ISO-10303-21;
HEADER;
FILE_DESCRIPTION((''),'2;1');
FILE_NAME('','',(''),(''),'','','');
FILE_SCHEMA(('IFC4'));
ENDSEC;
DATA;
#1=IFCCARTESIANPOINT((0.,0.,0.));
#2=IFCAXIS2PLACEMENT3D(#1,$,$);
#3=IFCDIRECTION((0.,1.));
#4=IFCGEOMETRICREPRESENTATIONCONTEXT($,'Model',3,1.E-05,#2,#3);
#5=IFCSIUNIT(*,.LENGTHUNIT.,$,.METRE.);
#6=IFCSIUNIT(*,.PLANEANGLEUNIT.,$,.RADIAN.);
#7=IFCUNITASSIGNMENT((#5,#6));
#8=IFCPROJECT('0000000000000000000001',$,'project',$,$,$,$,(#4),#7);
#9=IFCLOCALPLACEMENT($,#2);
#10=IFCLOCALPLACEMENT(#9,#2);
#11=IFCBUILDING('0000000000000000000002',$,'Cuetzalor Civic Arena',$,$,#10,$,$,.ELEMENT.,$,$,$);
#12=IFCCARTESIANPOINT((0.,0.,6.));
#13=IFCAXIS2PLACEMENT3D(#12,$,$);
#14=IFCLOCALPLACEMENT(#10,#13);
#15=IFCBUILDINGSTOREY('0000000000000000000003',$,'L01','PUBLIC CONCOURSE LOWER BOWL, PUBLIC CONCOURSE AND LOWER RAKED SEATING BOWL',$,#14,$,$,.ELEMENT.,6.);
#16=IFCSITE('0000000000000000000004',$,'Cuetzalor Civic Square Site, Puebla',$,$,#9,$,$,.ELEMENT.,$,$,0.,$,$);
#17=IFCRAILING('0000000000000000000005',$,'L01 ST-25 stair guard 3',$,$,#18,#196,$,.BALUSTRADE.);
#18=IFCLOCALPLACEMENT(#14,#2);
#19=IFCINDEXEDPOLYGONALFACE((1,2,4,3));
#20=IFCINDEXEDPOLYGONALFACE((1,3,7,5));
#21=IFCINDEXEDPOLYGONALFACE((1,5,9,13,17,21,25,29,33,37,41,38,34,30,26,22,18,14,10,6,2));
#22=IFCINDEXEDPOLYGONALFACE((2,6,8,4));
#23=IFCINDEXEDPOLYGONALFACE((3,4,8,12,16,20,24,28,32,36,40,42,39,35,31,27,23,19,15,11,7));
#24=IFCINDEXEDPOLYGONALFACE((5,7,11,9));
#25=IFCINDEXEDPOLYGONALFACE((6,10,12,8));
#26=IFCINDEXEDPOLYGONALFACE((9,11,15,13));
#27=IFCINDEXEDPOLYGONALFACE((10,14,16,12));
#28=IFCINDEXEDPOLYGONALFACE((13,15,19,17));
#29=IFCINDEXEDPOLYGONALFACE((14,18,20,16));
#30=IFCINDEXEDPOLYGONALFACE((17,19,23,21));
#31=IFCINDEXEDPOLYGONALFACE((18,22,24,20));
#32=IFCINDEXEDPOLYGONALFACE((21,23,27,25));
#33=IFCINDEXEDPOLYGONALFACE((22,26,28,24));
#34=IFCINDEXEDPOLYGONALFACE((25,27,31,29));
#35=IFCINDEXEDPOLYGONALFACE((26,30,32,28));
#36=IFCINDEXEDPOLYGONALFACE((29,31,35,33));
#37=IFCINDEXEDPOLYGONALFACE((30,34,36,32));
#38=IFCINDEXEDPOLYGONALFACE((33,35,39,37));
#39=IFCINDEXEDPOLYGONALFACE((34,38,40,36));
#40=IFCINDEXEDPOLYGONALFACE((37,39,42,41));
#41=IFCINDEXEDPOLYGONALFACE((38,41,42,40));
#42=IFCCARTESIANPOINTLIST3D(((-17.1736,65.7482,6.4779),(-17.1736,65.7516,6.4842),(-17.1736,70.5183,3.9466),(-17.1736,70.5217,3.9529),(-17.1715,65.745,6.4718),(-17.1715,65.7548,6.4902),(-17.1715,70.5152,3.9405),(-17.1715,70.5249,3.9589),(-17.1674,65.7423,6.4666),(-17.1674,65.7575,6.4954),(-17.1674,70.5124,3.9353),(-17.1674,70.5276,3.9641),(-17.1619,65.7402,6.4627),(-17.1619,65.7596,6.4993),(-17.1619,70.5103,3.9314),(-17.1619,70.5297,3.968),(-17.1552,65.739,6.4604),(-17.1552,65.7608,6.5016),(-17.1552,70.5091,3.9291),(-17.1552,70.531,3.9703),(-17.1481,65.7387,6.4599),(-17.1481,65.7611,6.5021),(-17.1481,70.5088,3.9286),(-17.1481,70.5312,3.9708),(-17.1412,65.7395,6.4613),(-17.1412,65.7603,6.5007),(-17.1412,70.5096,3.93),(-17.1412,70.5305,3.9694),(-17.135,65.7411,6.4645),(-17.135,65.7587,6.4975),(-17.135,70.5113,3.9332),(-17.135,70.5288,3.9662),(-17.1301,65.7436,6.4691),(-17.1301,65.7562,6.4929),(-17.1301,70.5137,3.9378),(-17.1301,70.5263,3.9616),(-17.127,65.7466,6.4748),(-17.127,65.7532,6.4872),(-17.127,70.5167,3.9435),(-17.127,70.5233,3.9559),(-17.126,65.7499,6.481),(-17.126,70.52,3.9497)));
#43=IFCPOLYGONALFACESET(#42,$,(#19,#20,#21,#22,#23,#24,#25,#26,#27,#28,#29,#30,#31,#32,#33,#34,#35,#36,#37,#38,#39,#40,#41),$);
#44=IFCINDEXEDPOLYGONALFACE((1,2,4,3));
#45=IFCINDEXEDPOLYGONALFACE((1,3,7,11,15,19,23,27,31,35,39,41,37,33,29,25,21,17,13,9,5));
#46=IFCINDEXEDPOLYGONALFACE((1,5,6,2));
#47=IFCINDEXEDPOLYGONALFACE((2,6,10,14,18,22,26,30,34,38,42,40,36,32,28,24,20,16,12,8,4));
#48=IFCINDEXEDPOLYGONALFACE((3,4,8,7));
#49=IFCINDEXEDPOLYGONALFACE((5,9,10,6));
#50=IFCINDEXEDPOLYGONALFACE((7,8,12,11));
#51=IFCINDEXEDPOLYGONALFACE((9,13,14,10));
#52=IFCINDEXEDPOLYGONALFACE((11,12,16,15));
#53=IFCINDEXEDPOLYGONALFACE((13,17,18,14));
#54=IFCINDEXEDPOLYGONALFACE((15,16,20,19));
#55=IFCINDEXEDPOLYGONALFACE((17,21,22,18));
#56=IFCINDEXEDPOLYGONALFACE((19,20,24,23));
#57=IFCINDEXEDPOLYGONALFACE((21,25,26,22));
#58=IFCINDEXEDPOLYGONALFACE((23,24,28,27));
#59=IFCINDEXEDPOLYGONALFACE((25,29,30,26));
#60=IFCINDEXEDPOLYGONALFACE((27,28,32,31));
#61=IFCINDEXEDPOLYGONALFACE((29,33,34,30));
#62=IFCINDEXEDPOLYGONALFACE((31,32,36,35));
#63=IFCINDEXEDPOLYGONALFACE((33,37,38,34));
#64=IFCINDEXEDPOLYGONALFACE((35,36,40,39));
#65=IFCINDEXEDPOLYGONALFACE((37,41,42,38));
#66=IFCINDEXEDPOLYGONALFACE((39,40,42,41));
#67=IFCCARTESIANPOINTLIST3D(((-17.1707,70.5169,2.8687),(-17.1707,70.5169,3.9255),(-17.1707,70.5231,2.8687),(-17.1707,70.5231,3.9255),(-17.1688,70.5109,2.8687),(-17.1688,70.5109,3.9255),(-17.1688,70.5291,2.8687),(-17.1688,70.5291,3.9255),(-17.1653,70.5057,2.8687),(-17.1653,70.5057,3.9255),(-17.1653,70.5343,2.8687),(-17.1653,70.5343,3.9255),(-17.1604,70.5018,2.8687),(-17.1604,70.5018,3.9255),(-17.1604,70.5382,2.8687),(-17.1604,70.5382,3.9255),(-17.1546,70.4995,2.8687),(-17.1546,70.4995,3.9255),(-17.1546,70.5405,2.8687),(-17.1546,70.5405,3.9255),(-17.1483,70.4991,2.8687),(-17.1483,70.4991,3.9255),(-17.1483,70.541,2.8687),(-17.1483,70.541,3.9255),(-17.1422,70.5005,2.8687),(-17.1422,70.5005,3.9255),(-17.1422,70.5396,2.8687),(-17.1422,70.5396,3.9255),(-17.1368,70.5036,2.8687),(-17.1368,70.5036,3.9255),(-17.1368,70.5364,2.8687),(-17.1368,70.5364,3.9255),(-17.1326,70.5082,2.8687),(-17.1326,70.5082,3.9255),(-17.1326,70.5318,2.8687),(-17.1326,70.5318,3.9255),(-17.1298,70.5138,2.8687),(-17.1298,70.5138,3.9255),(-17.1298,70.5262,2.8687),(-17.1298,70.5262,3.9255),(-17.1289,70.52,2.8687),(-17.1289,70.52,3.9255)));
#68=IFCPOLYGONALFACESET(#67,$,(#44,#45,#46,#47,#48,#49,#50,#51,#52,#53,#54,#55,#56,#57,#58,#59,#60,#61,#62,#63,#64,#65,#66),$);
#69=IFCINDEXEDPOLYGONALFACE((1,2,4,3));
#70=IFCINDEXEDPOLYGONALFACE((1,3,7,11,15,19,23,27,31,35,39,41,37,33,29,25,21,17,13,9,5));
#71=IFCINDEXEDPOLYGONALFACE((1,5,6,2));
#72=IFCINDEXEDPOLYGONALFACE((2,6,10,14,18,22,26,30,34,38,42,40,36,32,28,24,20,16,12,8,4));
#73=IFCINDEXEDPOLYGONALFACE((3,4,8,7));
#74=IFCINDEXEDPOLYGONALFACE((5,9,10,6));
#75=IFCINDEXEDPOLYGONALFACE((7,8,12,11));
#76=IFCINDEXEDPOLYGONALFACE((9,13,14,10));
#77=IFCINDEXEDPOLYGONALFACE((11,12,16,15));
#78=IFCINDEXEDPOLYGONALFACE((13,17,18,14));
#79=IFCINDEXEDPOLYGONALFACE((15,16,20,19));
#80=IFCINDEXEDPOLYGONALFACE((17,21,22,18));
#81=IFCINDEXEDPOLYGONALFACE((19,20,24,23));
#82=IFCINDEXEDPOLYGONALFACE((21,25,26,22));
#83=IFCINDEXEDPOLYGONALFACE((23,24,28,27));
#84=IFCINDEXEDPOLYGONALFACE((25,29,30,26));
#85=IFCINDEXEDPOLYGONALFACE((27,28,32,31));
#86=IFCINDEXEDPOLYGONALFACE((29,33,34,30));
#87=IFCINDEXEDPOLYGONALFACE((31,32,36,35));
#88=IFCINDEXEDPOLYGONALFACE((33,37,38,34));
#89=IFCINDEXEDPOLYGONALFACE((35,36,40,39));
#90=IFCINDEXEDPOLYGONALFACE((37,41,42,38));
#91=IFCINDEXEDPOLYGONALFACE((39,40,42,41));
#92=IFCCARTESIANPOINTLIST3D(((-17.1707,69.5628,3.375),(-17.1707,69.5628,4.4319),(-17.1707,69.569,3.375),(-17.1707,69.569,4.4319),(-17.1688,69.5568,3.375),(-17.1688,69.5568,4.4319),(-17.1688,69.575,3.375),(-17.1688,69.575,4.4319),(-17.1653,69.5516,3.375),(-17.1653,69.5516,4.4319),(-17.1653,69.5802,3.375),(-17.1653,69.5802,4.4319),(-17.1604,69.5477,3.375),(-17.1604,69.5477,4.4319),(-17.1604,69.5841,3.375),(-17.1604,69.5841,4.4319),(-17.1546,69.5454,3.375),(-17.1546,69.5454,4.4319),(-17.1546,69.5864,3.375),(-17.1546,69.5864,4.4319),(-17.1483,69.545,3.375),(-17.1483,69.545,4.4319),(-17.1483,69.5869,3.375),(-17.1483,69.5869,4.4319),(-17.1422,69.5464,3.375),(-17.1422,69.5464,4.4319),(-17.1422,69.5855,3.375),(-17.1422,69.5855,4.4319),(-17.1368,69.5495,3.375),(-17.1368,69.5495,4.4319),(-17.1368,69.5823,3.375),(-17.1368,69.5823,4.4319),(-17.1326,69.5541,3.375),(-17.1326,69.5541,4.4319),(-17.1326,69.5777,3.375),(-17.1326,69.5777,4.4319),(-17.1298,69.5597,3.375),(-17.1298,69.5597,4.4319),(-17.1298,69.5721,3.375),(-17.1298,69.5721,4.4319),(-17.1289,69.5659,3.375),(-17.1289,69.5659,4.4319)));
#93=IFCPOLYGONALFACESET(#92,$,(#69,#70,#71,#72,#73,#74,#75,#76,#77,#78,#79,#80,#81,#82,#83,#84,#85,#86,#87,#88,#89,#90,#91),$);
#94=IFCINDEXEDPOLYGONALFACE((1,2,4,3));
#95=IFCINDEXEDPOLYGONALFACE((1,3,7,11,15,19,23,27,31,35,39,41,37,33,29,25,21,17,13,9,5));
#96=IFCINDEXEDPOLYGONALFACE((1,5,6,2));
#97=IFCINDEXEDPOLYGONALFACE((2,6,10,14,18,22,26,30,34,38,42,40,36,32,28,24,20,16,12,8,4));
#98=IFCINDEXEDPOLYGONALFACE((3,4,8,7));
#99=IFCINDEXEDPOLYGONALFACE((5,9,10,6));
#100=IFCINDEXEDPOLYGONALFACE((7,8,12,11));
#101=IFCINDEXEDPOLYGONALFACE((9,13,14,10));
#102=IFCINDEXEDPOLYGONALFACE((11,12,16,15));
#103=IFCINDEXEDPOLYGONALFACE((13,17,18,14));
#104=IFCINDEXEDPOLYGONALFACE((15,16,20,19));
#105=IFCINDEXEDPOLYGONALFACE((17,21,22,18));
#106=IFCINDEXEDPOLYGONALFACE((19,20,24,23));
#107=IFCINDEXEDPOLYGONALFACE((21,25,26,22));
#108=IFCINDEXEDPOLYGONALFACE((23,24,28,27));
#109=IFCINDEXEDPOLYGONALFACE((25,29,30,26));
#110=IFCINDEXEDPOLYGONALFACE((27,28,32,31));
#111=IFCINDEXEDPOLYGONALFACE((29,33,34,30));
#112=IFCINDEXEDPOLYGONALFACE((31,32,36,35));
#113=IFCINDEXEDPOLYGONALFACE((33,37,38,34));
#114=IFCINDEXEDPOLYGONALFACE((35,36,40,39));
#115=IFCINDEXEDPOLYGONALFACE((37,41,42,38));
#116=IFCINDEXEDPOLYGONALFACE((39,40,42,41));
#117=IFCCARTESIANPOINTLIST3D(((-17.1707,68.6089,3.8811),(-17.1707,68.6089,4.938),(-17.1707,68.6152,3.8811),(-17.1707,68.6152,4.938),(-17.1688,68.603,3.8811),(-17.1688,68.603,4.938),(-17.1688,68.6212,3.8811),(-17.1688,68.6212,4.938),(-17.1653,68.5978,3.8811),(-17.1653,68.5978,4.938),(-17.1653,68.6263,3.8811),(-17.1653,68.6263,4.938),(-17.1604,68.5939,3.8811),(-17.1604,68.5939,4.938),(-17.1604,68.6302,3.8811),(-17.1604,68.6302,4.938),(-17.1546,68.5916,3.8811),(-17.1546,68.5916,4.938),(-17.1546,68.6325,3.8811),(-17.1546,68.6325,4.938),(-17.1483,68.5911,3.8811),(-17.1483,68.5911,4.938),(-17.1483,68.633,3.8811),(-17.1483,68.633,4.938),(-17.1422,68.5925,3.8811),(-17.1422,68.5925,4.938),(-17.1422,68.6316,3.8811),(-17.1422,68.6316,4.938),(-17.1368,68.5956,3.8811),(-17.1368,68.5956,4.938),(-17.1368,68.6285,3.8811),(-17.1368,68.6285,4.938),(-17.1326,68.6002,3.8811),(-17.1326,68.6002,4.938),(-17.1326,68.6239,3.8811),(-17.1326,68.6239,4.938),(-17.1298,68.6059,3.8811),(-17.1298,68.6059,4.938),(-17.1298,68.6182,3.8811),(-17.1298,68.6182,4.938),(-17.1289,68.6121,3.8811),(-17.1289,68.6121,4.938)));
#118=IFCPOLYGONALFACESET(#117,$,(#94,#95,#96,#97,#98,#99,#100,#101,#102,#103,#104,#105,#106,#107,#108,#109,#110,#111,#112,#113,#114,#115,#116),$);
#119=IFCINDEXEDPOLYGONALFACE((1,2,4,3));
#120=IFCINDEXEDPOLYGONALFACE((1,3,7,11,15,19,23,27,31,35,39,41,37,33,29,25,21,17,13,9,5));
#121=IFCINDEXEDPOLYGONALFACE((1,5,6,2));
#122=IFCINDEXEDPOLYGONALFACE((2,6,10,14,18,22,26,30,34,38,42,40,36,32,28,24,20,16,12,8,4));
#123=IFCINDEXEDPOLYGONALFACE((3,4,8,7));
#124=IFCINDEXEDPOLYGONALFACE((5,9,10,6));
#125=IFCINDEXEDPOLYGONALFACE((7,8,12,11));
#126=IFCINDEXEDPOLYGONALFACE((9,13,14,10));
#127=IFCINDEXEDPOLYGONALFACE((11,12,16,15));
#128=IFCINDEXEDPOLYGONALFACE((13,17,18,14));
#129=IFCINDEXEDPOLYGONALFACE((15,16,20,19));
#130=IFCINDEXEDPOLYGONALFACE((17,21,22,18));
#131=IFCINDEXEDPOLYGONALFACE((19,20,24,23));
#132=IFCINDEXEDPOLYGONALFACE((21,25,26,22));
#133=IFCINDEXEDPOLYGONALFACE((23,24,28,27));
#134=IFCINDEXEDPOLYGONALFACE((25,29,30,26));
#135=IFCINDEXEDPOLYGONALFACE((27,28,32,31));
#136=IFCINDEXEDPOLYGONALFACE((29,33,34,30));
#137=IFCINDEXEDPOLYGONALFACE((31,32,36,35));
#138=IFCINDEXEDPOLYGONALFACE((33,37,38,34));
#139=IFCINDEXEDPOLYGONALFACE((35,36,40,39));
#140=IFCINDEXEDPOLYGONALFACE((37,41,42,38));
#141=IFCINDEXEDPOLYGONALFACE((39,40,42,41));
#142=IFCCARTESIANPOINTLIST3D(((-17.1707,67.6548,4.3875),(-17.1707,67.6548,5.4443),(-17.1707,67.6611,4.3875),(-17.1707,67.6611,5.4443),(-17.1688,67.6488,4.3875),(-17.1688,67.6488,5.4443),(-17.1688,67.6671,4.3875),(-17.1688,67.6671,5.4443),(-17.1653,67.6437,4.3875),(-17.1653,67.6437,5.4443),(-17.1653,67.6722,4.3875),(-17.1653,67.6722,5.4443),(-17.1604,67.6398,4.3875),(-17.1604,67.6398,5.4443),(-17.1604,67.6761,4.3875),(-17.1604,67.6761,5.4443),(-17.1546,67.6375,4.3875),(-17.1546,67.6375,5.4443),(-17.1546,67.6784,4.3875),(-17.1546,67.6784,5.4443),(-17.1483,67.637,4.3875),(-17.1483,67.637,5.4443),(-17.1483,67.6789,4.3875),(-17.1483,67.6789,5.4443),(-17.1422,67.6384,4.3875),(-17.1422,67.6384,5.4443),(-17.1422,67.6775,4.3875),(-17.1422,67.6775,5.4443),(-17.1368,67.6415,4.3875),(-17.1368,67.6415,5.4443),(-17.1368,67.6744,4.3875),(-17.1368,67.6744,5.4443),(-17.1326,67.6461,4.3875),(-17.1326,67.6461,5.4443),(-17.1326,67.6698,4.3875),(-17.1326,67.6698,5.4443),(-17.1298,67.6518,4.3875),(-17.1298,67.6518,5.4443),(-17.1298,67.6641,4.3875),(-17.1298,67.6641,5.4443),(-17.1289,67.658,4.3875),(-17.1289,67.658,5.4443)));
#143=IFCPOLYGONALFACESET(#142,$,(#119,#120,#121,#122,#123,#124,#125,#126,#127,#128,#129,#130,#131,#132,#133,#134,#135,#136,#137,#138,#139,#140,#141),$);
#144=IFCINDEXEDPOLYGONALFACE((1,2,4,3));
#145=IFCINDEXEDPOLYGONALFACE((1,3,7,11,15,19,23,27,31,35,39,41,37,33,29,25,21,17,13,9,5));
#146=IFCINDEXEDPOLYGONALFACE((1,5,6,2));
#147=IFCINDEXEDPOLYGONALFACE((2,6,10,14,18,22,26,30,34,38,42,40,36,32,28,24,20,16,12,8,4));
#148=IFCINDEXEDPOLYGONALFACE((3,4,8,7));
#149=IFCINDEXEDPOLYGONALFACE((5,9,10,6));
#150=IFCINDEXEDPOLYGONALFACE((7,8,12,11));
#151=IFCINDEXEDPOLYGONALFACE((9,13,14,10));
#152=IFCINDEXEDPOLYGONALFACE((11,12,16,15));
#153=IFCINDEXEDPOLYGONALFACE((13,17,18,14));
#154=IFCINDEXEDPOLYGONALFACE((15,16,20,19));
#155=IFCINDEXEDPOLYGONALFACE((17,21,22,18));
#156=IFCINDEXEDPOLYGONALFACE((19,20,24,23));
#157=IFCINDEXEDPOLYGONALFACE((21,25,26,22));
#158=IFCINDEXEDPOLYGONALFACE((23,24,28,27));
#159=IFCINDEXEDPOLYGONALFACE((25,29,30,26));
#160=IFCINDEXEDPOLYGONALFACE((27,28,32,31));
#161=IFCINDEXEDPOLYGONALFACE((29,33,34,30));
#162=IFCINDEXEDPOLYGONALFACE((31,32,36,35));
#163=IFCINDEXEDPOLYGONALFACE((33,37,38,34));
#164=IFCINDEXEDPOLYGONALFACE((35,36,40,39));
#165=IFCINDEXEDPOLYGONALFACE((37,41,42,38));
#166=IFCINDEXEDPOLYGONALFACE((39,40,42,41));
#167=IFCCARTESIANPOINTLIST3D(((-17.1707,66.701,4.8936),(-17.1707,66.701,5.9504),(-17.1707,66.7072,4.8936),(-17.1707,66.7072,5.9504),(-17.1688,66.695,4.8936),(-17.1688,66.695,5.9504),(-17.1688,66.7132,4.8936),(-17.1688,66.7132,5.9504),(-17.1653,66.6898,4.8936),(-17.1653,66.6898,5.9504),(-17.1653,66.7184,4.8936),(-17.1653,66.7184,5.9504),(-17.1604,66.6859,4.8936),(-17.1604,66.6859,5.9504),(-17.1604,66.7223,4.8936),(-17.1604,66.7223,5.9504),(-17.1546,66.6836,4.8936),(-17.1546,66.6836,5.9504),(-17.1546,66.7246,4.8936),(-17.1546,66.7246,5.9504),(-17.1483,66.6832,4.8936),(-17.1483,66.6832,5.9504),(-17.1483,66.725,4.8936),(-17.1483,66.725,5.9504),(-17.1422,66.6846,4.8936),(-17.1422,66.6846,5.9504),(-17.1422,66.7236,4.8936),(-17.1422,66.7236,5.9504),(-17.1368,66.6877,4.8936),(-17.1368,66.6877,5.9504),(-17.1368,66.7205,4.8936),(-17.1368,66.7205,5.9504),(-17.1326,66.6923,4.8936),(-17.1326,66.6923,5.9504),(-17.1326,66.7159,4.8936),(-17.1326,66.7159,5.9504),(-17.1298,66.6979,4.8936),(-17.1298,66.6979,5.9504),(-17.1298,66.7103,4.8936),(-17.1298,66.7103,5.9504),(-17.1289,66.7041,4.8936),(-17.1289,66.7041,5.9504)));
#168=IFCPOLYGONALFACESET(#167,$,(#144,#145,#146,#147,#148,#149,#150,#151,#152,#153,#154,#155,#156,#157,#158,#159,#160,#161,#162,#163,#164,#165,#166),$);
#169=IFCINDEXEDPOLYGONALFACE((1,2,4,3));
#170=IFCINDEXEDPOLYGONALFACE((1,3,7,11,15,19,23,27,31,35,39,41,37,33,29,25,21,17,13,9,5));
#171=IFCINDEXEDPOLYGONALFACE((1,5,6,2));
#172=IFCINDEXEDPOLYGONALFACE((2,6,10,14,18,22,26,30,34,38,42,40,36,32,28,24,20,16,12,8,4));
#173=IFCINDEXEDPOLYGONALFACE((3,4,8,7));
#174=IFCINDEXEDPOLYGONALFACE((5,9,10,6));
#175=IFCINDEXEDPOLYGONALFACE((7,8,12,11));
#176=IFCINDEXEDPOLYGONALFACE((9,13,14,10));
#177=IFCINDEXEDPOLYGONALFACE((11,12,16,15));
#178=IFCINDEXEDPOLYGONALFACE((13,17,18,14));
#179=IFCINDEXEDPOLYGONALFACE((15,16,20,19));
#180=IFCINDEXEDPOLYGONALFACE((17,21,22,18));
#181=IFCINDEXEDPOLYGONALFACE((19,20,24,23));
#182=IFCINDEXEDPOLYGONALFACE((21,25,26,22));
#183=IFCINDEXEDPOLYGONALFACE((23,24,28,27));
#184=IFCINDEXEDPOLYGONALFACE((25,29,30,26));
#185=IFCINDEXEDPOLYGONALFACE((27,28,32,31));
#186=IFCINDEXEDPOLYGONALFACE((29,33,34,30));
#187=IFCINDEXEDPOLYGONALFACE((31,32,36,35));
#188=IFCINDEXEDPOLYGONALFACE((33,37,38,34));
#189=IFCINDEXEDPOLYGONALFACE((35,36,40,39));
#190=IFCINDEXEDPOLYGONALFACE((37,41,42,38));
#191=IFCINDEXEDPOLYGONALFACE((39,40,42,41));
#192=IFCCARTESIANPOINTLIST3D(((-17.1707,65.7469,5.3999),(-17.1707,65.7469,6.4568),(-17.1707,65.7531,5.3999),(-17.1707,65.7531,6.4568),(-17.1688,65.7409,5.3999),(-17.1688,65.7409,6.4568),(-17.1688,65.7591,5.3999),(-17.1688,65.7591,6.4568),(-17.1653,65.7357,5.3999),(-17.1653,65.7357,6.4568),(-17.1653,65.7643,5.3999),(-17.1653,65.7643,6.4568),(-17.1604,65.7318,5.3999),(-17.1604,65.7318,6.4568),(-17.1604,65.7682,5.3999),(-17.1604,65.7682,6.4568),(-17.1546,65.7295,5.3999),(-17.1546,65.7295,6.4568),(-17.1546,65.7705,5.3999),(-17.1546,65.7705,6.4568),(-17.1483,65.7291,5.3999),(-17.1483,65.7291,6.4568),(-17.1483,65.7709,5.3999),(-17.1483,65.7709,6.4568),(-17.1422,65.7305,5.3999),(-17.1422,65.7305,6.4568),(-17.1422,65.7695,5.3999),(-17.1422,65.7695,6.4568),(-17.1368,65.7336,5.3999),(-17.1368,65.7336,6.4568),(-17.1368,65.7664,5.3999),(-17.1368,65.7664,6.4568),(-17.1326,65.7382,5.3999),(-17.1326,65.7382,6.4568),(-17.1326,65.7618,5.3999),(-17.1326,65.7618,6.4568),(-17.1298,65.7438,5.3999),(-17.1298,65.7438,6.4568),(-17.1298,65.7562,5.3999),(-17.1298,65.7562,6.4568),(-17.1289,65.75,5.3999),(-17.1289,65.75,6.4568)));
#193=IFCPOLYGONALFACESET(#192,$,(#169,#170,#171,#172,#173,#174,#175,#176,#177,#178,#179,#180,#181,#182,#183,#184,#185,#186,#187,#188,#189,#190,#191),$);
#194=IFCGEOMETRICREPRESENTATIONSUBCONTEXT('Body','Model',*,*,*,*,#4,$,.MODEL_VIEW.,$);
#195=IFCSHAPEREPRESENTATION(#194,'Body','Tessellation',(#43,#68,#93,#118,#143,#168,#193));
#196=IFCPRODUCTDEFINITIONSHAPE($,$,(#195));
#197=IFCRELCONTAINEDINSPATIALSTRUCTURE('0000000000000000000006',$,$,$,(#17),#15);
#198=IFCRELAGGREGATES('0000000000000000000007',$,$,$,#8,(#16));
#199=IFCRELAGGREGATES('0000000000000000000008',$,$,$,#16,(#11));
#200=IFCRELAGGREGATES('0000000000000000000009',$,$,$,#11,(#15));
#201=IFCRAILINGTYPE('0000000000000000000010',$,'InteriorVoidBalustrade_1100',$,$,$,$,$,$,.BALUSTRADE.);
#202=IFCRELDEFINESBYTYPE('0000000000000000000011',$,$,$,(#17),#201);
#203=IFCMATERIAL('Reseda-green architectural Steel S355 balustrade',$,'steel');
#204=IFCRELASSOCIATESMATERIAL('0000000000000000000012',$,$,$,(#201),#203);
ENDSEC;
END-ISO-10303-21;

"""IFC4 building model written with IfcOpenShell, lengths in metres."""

from ifc_helpers import new_model, si_unit, direction, frame, origin, origin_2d, place, context, subcontext, project, spatial, circle, extrude, material, type_object, element, save


model = new_model("IFC4")

# Units and contexts
model_context = context("Model", 3, precision=1e-05, world=origin(), true_north=direction((0.0, 1.0)))
body_context = subcontext(model_context, "Body", "Model", "MODEL_VIEW")
ifc_project = project(units=[si_unit("LENGTHUNIT", "METRE"), si_unit("PLANEANGLEUNIT", "RADIAN")], contexts=[model_context])

# Site, building, storey
site_placement = place(None, origin())
site = spatial("IfcSite", under=ifc_project, at=site_placement, Name="Cuetzalor Civic Square Site, Puebla", CompositionType="ELEMENT", RefElevation=0.0)
building_placement = place(site_placement, origin())
building = spatial("IfcBuilding", under=site, at=building_placement, Name="Cuetzalor Civic Arena", CompositionType="ELEMENT")
storey_placement = place(building_placement, frame((0.0, 0.0, 6.0)))
storey = spatial("IfcBuildingStorey", under=building, at=storey_placement, Name="L01", Description="PUBLIC CONCOURSE LOWER BOWL, PUBLIC CONCOURSE AND LOWER RAKED SEATING BOWL", CompositionType="ELEMENT", Elevation=6.0)

# Railing
ifc_material_1 = material(Name="Reseda-green architectural Steel S355 balustrade", Category="steel")
railing_type_1 = type_object("IfcRailingType", Name="InteriorVoidBalustrade_1100", PredefinedType="BALUSTRADE", material=ifc_material_1)
railing_1_placement = place(storey_placement, frame((-17.1499, 70.52, 2.8687)))
element("IfcRailing", 1, at=railing_1_placement, inside=storey, type_object=railing_type_1, Name="L01 ST-25 stair guard 3", PredefinedType="BALUSTRADE", context=body_context, shape_type="SweptSolid", body=[
    extrude(circle(Radius=0.0239, at=origin_2d()), frame((0.0, 0.0, 1.0811), z_axis=(0.0, -0.883332, 0.468747), x_axis=(1.0, 0.0, 0.0)), (0.0, 0.0, 1.0), 5.4001),
    extrude(circle(Radius=0.021, at=origin_2d()), origin(), (0.0, 0.0, 1.0), 1.0569),
    extrude(circle(Radius=0.021, at=origin_2d()), frame((0.0, -0.9541, 0.5063)), (0.0, 0.0, 1.0), 1.0569),
    extrude(circle(Radius=0.021, at=origin_2d()), frame((0.0, -1.908, 1.0125)), (0.0, 0.0, 1.0), 1.0569),
    extrude(circle(Radius=0.021, at=origin_2d()), frame((0.0, -2.8621, 1.5188)), (0.0, 0.0, 1.0), 1.0569),
    extrude(circle(Radius=0.021, at=origin_2d()), frame((0.0, -3.8159, 2.0249)), (0.0, 0.0, 1.0), 1.0569),
    extrude(circle(Radius=0.021, at=origin_2d()), frame((0.0, -4.77, 2.5312)), (0.0, 0.0, 1.0), 1.0569),
])

save(model, "model.ifc")
